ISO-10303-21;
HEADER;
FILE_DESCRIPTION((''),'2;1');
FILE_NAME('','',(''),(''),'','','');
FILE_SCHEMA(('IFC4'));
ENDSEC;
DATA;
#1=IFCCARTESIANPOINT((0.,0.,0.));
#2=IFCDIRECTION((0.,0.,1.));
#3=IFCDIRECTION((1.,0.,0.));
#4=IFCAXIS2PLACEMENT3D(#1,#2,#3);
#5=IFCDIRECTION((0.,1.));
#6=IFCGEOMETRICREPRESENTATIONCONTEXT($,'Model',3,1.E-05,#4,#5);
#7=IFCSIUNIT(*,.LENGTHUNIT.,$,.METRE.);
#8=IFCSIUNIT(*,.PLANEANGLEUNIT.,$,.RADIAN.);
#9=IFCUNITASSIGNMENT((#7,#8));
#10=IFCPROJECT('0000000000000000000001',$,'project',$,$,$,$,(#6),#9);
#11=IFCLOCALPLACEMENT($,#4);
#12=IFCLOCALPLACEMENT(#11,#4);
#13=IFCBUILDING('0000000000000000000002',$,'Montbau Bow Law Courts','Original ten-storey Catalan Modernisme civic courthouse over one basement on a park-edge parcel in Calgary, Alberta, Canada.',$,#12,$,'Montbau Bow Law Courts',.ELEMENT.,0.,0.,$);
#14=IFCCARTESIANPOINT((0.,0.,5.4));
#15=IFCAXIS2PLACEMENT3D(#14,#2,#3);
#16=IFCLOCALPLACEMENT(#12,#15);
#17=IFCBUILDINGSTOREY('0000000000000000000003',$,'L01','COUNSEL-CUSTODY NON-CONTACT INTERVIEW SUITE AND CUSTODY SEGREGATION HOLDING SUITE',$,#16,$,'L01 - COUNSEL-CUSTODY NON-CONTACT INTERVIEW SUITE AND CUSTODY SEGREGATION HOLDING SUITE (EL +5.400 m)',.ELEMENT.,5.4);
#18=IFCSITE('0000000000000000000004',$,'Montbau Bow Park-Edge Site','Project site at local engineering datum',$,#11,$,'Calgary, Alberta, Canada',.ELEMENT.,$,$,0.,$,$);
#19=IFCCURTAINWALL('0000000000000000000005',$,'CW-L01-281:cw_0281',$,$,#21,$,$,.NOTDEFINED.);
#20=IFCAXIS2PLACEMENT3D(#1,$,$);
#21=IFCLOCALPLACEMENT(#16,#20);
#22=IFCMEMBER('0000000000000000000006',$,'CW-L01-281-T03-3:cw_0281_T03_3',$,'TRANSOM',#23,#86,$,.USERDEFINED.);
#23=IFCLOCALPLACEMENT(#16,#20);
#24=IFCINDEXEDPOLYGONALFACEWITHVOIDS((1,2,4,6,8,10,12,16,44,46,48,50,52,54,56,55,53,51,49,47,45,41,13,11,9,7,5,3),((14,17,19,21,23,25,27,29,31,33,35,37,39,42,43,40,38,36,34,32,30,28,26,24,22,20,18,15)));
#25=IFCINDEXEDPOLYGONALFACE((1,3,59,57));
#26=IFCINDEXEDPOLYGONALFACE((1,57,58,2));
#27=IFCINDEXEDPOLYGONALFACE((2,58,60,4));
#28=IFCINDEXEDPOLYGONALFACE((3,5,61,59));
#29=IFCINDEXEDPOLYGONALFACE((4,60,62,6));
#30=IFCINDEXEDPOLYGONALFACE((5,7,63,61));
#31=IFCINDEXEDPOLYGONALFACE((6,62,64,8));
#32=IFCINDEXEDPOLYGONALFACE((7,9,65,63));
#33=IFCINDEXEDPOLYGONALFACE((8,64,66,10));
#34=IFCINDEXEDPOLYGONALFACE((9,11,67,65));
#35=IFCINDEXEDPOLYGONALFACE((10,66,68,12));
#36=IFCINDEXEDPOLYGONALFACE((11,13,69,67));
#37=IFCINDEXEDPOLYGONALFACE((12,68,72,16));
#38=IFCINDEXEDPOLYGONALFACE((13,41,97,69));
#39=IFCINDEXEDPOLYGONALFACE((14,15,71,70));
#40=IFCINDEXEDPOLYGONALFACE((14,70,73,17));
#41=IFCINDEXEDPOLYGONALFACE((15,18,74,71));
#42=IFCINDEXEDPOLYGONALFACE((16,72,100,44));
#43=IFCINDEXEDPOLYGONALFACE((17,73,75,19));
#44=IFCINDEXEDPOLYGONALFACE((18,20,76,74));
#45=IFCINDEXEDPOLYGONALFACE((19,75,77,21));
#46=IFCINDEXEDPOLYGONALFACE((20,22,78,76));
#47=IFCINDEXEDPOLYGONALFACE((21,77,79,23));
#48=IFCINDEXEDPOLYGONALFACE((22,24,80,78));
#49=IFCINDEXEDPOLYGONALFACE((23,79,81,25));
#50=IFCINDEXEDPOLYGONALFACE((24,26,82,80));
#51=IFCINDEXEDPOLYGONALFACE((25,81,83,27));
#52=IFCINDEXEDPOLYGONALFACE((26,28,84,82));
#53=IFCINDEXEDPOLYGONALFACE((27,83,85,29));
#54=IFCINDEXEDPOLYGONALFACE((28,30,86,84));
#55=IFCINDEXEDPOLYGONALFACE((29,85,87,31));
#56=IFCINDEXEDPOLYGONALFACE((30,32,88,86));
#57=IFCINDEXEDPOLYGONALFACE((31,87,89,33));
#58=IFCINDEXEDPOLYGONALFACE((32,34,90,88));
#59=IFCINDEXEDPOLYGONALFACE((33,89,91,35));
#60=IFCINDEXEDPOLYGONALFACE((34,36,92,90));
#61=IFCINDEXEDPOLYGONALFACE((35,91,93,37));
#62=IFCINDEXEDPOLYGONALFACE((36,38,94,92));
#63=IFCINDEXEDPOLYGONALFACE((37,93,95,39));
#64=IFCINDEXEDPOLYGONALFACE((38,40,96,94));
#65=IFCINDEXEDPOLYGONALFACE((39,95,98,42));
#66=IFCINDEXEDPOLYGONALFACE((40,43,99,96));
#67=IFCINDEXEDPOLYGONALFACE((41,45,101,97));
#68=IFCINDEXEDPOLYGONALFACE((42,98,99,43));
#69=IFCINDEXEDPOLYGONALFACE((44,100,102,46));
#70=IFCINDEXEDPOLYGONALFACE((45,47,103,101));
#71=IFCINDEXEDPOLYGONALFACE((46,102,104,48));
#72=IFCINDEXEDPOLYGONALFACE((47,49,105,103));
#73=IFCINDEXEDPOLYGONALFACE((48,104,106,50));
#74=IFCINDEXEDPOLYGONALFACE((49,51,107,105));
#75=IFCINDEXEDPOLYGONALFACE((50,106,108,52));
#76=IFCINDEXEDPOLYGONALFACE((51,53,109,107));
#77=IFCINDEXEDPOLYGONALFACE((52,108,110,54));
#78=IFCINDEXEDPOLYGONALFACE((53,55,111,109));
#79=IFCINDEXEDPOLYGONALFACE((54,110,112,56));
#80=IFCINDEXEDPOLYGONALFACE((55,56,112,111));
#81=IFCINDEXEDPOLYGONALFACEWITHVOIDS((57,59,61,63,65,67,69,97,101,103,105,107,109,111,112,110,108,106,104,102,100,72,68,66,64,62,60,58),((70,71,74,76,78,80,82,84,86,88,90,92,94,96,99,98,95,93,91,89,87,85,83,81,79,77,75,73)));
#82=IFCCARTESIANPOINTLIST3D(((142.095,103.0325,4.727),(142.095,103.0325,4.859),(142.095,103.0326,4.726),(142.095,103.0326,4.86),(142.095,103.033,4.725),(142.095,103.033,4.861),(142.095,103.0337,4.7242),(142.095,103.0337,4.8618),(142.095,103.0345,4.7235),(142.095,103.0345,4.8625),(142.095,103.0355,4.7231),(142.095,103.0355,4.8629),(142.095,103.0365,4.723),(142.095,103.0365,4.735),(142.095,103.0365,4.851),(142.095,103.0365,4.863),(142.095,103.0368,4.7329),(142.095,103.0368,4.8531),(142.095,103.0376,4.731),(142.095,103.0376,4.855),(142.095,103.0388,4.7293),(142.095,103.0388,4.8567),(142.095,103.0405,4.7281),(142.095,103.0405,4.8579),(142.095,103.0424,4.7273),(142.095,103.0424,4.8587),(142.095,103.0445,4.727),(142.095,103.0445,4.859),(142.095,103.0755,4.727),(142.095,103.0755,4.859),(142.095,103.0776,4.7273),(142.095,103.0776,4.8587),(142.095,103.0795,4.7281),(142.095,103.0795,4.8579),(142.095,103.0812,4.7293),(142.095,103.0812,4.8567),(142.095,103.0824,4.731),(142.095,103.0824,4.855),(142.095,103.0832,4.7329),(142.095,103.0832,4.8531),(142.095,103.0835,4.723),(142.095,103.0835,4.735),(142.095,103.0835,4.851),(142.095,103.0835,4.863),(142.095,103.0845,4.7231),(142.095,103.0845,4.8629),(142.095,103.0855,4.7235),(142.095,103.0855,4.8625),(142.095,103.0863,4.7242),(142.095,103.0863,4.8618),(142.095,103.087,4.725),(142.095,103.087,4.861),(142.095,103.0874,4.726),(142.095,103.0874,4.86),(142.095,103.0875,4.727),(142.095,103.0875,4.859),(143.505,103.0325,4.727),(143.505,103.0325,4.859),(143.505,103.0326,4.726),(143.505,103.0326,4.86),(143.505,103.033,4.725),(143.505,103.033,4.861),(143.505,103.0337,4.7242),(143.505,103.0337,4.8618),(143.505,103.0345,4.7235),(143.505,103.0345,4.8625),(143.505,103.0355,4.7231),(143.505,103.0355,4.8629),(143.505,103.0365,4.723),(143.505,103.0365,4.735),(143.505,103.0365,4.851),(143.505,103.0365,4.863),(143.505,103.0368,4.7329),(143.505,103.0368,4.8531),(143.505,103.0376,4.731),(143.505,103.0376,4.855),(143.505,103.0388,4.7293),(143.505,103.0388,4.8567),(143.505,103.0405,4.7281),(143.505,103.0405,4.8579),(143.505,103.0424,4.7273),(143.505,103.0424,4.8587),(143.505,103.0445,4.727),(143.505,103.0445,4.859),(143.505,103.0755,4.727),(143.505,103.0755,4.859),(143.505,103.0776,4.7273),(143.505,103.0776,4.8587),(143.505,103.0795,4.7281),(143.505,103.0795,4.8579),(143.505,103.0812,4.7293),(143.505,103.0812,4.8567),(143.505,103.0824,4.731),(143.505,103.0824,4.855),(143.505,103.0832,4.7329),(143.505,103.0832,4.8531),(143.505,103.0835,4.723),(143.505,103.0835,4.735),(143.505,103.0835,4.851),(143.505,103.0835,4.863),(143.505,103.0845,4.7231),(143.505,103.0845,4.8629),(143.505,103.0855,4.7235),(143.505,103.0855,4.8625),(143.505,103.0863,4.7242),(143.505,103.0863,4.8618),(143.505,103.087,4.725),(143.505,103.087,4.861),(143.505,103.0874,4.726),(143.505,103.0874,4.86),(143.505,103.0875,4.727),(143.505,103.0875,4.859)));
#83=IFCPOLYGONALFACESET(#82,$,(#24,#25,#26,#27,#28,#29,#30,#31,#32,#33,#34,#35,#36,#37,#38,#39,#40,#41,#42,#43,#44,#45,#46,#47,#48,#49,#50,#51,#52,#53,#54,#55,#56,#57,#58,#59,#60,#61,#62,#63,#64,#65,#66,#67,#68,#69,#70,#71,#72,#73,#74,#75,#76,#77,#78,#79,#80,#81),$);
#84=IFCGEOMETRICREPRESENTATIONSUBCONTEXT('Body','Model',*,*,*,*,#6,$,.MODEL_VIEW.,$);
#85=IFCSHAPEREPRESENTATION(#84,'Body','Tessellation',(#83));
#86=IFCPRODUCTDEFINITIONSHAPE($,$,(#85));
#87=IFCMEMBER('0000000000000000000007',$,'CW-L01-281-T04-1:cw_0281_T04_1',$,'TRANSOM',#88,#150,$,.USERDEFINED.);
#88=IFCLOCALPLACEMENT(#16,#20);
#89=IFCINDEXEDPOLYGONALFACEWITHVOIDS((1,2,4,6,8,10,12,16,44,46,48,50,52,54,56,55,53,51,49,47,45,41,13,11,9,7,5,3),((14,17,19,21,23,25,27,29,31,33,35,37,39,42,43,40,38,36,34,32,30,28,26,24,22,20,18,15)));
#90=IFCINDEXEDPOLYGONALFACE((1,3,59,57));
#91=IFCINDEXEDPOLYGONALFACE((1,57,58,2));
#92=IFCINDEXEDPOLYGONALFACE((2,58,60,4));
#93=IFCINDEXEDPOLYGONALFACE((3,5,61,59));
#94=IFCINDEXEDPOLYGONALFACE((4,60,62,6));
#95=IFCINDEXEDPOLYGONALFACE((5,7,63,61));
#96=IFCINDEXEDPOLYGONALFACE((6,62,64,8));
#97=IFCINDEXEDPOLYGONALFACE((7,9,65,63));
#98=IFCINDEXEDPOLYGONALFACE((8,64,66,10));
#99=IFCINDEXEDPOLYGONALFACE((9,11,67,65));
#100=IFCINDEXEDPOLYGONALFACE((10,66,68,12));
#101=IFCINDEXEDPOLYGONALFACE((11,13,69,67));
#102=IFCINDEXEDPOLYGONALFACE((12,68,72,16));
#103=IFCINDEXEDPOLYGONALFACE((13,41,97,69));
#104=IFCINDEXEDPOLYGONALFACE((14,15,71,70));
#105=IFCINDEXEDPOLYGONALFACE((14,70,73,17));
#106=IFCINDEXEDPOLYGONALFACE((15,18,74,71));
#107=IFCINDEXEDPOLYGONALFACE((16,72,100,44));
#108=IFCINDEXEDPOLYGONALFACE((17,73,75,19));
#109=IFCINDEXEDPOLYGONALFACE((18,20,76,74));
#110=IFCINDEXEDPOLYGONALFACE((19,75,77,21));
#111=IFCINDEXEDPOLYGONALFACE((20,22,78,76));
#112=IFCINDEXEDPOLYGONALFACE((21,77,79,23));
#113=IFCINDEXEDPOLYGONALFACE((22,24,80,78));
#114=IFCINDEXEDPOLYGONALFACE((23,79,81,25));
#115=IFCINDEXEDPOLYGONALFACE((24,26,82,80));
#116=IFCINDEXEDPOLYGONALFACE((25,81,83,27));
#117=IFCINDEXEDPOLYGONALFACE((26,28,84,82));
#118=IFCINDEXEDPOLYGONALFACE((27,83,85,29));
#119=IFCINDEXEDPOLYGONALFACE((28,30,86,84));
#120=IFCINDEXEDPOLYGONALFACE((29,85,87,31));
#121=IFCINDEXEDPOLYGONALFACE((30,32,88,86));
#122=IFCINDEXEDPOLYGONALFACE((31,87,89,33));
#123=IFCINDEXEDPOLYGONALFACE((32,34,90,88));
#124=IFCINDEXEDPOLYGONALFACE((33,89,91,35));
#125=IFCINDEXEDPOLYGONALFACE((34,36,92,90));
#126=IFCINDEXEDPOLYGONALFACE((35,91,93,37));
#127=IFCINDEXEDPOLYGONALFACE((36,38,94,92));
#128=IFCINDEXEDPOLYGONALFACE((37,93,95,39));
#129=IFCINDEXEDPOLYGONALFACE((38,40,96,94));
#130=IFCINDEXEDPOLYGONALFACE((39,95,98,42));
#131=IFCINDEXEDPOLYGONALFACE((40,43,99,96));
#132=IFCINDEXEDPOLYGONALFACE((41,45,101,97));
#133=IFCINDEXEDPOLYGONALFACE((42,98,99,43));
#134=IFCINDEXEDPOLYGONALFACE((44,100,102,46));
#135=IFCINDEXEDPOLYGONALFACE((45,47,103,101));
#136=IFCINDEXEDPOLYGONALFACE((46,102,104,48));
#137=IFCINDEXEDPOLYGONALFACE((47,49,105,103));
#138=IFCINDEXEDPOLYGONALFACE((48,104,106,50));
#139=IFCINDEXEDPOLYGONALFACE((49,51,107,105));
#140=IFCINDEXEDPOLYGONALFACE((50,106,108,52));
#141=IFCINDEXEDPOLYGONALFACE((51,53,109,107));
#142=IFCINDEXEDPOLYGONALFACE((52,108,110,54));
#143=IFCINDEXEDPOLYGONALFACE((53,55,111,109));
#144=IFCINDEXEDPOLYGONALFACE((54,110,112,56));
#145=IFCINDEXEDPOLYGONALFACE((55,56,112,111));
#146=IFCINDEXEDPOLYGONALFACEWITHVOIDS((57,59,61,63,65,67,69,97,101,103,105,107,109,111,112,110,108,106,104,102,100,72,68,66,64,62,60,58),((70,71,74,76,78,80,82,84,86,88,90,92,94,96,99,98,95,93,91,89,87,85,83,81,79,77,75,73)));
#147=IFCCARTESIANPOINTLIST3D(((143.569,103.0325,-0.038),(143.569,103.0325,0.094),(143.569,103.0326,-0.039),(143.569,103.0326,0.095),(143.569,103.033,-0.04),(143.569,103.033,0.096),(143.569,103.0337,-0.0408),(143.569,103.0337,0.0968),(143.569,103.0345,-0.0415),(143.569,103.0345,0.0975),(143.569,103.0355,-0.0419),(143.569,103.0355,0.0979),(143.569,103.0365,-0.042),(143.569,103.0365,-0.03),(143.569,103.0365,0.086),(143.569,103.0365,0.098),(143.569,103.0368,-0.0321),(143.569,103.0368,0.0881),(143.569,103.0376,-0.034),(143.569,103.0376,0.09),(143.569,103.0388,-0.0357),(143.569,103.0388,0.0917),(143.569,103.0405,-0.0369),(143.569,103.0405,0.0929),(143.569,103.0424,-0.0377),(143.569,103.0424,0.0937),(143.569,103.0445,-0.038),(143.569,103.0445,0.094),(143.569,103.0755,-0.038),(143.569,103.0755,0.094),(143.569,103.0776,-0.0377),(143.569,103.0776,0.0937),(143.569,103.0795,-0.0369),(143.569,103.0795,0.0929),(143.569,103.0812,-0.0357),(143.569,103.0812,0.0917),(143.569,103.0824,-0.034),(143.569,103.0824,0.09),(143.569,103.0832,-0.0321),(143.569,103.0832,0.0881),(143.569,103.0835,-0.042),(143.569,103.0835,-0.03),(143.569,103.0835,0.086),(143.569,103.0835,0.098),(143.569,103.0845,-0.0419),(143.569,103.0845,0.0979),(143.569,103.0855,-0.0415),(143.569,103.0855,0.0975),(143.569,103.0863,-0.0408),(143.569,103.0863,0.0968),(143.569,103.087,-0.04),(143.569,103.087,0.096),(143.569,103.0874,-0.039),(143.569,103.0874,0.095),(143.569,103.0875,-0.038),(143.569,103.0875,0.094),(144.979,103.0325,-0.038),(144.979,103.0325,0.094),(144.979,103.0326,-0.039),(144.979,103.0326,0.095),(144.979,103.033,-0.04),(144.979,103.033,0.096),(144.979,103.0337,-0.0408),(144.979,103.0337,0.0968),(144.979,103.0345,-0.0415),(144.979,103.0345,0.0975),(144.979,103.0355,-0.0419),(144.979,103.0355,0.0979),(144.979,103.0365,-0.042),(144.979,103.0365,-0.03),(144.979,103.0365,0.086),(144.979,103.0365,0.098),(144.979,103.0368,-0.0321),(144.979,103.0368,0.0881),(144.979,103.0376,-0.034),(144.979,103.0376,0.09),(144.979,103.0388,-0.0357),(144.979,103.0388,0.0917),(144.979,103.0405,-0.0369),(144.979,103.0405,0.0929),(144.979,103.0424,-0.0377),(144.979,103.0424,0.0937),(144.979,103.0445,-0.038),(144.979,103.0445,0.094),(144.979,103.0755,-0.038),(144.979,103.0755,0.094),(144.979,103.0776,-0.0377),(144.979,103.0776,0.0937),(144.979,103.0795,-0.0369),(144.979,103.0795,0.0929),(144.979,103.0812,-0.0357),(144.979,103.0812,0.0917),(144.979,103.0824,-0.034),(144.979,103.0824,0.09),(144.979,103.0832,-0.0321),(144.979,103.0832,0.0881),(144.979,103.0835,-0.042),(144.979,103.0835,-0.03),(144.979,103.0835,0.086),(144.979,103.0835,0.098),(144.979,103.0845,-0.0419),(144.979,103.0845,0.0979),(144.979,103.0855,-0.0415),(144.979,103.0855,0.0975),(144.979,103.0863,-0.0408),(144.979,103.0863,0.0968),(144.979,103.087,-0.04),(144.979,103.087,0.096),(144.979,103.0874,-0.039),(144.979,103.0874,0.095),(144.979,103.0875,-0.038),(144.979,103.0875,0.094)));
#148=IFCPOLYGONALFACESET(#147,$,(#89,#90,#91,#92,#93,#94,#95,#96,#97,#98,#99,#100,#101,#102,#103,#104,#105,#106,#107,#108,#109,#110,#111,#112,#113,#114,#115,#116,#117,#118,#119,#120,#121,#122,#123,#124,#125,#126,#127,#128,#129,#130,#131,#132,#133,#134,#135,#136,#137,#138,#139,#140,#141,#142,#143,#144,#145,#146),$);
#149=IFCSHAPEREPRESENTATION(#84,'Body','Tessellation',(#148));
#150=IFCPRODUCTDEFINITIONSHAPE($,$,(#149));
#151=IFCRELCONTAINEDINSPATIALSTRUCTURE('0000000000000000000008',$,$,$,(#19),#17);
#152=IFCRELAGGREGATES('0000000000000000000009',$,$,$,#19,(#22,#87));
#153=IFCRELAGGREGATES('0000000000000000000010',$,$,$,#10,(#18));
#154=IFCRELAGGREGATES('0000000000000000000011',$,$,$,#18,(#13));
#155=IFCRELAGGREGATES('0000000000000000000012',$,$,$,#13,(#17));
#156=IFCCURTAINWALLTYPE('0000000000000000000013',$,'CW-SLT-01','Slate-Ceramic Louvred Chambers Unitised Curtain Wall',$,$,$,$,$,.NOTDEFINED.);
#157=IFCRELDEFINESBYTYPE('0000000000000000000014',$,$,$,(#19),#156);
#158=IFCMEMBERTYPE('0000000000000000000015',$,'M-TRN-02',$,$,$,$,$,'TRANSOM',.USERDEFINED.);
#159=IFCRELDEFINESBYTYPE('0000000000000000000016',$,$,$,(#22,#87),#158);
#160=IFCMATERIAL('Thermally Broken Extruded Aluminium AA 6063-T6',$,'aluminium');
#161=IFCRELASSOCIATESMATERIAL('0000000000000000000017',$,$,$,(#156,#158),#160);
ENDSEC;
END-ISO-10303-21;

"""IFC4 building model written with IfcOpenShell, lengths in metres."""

from ifc_helpers import new_model, si_unit, direction, frame, origin_with_axes, origin_2d_with_axis, place, context, subcontext, project, spatial, hollow_rectangle, extrude, material, material_profile, profile_set, type_object, element, aggregate, save


model = new_model("IFC4")

# Units and contexts
model_context = context("Model", 3, precision=1e-05, world=origin_with_axes(), true_north=direction((0.0, 1.0)))
body_context = subcontext(model_context, "Body", "Model", "MODEL_VIEW")
ifc_project = project(units=[si_unit("LENGTHUNIT", "METRE"), si_unit("PLANEANGLEUNIT", "RADIAN")], contexts=[model_context])

# Site, building, storey
site_placement = place(None, origin_with_axes())
site = spatial("IfcSite", under=ifc_project, at=site_placement, Name="Montbau Bow Park-Edge Site", Description="Project site at local engineering datum", LongName="Calgary, Alberta, Canada", CompositionType="ELEMENT", RefElevation=0.0)
building_placement = place(site_placement, origin_with_axes())
building = spatial("IfcBuilding", under=site, at=building_placement, Name="Montbau Bow Law Courts", Description="Original ten-storey Catalan Modernisme civic courthouse over one basement on a park-edge parcel in Calgary, Alberta, Canada.", LongName="Montbau Bow Law Courts", CompositionType="ELEMENT", ElevationOfRefHeight=0.0, ElevationOfTerrain=0.0)
storey_placement = place(building_placement, frame((0.0, 0.0, 5.4), z_axis=(0.0, 0.0, 1.0), x_axis=(1.0, 0.0, 0.0)))
storey = spatial("IfcBuildingStorey", under=building, at=storey_placement, Name="L01", Description="COUNSEL-CUSTODY NON-CONTACT INTERVIEW SUITE AND CUSTODY SEGREGATION HOLDING SUITE", LongName="L01 - COUNSEL-CUSTODY NON-CONTACT INTERVIEW SUITE AND CUSTODY SEGREGATION HOLDING SUITE (EL +5.400 m)", CompositionType="ELEMENT", Elevation=5.4)

# Curtain wall, members
ifc_material_1 = material(Name="Thermally Broken Extruded Aluminium AA 6063-T6", Category="aluminium")
curtain_wall_type = type_object("IfcCurtainWallType", Name="CW-SLT-01", Description="Slate-Ceramic Louvred Chambers Unitised Curtain Wall", PredefinedType="NOTDEFINED", material=ifc_material_1)
curtain_wall_placement = place(None, frame((139.115, 103.06, 5.4), z_axis=(0.0, 0.0, 1.0), x_axis=(1.0, 0.0, 0.0)))
curtain_wall = element("IfcCurtainWall", 1, at=curtain_wall_placement, inside=storey, type_object=curtain_wall_type, Name="CW-L01-281:cw_0281", PredefinedType="NOTDEFINED")
ifc_material_profile_1 = material_profile(ifc_material_1, hollow_rectangle(XDim=0.055, YDim=0.14, WallThickness=0.004, InnerFilletRadius=0.008, OuterFilletRadius=0.004, at=origin_2d_with_axis()), Name="CWT-140X55", Category="Main", Priority=0)
ifc_profile_set_1 = profile_set([ifc_material_profile_1], Name="Thermally Broken Extruded Aluminium AA 6063-T6")
member_type_1 = type_object("IfcMemberType", Name="M-TRN-02", ElementType="TRANSOM", PredefinedType="USERDEFINED", material=ifc_profile_set_1)
member_1_placement = place(None, frame((142.095, 103.06, 10.193), z_axis=(1.0, 0.0, 0.0), x_axis=(0.0, 1.0, 0.0)))
member_1 = element("IfcMember", 2, at=member_1_placement, type_object=member_type_1, Name="CW-L01-281-T03-3:cw_0281_T03_3", ObjectType="TRANSOM", PredefinedType="USERDEFINED", context=body_context, shape_type="SweptSolid", body=[
    extrude(hollow_rectangle(XDim=0.055, YDim=0.14, WallThickness=0.004, InnerFilletRadius=0.008, OuterFilletRadius=0.004, at=origin_2d_with_axis()), origin_with_axes(), (0.0, 0.0, 1.0), 1.41),
])
member_2_placement = place(None, frame((143.569, 103.06, 5.428), z_axis=(1.0, 0.0, 0.0), x_axis=(0.0, 1.0, 0.0)))
member_2 = element("IfcMember", 3, at=member_2_placement, type_object=member_type_1, Name="CW-L01-281-T04-1:cw_0281_T04_1", ObjectType="TRANSOM", PredefinedType="USERDEFINED", context=body_context, shape_type="SweptSolid", body=[
    extrude(hollow_rectangle(XDim=0.055, YDim=0.14, WallThickness=0.004, InnerFilletRadius=0.008, OuterFilletRadius=0.004, at=origin_2d_with_axis()), origin_with_axes(), (0.0, 0.0, 1.0), 1.41),
])
aggregate(curtain_wall, [member_1, member_2])

save(model, "model.ifc")
